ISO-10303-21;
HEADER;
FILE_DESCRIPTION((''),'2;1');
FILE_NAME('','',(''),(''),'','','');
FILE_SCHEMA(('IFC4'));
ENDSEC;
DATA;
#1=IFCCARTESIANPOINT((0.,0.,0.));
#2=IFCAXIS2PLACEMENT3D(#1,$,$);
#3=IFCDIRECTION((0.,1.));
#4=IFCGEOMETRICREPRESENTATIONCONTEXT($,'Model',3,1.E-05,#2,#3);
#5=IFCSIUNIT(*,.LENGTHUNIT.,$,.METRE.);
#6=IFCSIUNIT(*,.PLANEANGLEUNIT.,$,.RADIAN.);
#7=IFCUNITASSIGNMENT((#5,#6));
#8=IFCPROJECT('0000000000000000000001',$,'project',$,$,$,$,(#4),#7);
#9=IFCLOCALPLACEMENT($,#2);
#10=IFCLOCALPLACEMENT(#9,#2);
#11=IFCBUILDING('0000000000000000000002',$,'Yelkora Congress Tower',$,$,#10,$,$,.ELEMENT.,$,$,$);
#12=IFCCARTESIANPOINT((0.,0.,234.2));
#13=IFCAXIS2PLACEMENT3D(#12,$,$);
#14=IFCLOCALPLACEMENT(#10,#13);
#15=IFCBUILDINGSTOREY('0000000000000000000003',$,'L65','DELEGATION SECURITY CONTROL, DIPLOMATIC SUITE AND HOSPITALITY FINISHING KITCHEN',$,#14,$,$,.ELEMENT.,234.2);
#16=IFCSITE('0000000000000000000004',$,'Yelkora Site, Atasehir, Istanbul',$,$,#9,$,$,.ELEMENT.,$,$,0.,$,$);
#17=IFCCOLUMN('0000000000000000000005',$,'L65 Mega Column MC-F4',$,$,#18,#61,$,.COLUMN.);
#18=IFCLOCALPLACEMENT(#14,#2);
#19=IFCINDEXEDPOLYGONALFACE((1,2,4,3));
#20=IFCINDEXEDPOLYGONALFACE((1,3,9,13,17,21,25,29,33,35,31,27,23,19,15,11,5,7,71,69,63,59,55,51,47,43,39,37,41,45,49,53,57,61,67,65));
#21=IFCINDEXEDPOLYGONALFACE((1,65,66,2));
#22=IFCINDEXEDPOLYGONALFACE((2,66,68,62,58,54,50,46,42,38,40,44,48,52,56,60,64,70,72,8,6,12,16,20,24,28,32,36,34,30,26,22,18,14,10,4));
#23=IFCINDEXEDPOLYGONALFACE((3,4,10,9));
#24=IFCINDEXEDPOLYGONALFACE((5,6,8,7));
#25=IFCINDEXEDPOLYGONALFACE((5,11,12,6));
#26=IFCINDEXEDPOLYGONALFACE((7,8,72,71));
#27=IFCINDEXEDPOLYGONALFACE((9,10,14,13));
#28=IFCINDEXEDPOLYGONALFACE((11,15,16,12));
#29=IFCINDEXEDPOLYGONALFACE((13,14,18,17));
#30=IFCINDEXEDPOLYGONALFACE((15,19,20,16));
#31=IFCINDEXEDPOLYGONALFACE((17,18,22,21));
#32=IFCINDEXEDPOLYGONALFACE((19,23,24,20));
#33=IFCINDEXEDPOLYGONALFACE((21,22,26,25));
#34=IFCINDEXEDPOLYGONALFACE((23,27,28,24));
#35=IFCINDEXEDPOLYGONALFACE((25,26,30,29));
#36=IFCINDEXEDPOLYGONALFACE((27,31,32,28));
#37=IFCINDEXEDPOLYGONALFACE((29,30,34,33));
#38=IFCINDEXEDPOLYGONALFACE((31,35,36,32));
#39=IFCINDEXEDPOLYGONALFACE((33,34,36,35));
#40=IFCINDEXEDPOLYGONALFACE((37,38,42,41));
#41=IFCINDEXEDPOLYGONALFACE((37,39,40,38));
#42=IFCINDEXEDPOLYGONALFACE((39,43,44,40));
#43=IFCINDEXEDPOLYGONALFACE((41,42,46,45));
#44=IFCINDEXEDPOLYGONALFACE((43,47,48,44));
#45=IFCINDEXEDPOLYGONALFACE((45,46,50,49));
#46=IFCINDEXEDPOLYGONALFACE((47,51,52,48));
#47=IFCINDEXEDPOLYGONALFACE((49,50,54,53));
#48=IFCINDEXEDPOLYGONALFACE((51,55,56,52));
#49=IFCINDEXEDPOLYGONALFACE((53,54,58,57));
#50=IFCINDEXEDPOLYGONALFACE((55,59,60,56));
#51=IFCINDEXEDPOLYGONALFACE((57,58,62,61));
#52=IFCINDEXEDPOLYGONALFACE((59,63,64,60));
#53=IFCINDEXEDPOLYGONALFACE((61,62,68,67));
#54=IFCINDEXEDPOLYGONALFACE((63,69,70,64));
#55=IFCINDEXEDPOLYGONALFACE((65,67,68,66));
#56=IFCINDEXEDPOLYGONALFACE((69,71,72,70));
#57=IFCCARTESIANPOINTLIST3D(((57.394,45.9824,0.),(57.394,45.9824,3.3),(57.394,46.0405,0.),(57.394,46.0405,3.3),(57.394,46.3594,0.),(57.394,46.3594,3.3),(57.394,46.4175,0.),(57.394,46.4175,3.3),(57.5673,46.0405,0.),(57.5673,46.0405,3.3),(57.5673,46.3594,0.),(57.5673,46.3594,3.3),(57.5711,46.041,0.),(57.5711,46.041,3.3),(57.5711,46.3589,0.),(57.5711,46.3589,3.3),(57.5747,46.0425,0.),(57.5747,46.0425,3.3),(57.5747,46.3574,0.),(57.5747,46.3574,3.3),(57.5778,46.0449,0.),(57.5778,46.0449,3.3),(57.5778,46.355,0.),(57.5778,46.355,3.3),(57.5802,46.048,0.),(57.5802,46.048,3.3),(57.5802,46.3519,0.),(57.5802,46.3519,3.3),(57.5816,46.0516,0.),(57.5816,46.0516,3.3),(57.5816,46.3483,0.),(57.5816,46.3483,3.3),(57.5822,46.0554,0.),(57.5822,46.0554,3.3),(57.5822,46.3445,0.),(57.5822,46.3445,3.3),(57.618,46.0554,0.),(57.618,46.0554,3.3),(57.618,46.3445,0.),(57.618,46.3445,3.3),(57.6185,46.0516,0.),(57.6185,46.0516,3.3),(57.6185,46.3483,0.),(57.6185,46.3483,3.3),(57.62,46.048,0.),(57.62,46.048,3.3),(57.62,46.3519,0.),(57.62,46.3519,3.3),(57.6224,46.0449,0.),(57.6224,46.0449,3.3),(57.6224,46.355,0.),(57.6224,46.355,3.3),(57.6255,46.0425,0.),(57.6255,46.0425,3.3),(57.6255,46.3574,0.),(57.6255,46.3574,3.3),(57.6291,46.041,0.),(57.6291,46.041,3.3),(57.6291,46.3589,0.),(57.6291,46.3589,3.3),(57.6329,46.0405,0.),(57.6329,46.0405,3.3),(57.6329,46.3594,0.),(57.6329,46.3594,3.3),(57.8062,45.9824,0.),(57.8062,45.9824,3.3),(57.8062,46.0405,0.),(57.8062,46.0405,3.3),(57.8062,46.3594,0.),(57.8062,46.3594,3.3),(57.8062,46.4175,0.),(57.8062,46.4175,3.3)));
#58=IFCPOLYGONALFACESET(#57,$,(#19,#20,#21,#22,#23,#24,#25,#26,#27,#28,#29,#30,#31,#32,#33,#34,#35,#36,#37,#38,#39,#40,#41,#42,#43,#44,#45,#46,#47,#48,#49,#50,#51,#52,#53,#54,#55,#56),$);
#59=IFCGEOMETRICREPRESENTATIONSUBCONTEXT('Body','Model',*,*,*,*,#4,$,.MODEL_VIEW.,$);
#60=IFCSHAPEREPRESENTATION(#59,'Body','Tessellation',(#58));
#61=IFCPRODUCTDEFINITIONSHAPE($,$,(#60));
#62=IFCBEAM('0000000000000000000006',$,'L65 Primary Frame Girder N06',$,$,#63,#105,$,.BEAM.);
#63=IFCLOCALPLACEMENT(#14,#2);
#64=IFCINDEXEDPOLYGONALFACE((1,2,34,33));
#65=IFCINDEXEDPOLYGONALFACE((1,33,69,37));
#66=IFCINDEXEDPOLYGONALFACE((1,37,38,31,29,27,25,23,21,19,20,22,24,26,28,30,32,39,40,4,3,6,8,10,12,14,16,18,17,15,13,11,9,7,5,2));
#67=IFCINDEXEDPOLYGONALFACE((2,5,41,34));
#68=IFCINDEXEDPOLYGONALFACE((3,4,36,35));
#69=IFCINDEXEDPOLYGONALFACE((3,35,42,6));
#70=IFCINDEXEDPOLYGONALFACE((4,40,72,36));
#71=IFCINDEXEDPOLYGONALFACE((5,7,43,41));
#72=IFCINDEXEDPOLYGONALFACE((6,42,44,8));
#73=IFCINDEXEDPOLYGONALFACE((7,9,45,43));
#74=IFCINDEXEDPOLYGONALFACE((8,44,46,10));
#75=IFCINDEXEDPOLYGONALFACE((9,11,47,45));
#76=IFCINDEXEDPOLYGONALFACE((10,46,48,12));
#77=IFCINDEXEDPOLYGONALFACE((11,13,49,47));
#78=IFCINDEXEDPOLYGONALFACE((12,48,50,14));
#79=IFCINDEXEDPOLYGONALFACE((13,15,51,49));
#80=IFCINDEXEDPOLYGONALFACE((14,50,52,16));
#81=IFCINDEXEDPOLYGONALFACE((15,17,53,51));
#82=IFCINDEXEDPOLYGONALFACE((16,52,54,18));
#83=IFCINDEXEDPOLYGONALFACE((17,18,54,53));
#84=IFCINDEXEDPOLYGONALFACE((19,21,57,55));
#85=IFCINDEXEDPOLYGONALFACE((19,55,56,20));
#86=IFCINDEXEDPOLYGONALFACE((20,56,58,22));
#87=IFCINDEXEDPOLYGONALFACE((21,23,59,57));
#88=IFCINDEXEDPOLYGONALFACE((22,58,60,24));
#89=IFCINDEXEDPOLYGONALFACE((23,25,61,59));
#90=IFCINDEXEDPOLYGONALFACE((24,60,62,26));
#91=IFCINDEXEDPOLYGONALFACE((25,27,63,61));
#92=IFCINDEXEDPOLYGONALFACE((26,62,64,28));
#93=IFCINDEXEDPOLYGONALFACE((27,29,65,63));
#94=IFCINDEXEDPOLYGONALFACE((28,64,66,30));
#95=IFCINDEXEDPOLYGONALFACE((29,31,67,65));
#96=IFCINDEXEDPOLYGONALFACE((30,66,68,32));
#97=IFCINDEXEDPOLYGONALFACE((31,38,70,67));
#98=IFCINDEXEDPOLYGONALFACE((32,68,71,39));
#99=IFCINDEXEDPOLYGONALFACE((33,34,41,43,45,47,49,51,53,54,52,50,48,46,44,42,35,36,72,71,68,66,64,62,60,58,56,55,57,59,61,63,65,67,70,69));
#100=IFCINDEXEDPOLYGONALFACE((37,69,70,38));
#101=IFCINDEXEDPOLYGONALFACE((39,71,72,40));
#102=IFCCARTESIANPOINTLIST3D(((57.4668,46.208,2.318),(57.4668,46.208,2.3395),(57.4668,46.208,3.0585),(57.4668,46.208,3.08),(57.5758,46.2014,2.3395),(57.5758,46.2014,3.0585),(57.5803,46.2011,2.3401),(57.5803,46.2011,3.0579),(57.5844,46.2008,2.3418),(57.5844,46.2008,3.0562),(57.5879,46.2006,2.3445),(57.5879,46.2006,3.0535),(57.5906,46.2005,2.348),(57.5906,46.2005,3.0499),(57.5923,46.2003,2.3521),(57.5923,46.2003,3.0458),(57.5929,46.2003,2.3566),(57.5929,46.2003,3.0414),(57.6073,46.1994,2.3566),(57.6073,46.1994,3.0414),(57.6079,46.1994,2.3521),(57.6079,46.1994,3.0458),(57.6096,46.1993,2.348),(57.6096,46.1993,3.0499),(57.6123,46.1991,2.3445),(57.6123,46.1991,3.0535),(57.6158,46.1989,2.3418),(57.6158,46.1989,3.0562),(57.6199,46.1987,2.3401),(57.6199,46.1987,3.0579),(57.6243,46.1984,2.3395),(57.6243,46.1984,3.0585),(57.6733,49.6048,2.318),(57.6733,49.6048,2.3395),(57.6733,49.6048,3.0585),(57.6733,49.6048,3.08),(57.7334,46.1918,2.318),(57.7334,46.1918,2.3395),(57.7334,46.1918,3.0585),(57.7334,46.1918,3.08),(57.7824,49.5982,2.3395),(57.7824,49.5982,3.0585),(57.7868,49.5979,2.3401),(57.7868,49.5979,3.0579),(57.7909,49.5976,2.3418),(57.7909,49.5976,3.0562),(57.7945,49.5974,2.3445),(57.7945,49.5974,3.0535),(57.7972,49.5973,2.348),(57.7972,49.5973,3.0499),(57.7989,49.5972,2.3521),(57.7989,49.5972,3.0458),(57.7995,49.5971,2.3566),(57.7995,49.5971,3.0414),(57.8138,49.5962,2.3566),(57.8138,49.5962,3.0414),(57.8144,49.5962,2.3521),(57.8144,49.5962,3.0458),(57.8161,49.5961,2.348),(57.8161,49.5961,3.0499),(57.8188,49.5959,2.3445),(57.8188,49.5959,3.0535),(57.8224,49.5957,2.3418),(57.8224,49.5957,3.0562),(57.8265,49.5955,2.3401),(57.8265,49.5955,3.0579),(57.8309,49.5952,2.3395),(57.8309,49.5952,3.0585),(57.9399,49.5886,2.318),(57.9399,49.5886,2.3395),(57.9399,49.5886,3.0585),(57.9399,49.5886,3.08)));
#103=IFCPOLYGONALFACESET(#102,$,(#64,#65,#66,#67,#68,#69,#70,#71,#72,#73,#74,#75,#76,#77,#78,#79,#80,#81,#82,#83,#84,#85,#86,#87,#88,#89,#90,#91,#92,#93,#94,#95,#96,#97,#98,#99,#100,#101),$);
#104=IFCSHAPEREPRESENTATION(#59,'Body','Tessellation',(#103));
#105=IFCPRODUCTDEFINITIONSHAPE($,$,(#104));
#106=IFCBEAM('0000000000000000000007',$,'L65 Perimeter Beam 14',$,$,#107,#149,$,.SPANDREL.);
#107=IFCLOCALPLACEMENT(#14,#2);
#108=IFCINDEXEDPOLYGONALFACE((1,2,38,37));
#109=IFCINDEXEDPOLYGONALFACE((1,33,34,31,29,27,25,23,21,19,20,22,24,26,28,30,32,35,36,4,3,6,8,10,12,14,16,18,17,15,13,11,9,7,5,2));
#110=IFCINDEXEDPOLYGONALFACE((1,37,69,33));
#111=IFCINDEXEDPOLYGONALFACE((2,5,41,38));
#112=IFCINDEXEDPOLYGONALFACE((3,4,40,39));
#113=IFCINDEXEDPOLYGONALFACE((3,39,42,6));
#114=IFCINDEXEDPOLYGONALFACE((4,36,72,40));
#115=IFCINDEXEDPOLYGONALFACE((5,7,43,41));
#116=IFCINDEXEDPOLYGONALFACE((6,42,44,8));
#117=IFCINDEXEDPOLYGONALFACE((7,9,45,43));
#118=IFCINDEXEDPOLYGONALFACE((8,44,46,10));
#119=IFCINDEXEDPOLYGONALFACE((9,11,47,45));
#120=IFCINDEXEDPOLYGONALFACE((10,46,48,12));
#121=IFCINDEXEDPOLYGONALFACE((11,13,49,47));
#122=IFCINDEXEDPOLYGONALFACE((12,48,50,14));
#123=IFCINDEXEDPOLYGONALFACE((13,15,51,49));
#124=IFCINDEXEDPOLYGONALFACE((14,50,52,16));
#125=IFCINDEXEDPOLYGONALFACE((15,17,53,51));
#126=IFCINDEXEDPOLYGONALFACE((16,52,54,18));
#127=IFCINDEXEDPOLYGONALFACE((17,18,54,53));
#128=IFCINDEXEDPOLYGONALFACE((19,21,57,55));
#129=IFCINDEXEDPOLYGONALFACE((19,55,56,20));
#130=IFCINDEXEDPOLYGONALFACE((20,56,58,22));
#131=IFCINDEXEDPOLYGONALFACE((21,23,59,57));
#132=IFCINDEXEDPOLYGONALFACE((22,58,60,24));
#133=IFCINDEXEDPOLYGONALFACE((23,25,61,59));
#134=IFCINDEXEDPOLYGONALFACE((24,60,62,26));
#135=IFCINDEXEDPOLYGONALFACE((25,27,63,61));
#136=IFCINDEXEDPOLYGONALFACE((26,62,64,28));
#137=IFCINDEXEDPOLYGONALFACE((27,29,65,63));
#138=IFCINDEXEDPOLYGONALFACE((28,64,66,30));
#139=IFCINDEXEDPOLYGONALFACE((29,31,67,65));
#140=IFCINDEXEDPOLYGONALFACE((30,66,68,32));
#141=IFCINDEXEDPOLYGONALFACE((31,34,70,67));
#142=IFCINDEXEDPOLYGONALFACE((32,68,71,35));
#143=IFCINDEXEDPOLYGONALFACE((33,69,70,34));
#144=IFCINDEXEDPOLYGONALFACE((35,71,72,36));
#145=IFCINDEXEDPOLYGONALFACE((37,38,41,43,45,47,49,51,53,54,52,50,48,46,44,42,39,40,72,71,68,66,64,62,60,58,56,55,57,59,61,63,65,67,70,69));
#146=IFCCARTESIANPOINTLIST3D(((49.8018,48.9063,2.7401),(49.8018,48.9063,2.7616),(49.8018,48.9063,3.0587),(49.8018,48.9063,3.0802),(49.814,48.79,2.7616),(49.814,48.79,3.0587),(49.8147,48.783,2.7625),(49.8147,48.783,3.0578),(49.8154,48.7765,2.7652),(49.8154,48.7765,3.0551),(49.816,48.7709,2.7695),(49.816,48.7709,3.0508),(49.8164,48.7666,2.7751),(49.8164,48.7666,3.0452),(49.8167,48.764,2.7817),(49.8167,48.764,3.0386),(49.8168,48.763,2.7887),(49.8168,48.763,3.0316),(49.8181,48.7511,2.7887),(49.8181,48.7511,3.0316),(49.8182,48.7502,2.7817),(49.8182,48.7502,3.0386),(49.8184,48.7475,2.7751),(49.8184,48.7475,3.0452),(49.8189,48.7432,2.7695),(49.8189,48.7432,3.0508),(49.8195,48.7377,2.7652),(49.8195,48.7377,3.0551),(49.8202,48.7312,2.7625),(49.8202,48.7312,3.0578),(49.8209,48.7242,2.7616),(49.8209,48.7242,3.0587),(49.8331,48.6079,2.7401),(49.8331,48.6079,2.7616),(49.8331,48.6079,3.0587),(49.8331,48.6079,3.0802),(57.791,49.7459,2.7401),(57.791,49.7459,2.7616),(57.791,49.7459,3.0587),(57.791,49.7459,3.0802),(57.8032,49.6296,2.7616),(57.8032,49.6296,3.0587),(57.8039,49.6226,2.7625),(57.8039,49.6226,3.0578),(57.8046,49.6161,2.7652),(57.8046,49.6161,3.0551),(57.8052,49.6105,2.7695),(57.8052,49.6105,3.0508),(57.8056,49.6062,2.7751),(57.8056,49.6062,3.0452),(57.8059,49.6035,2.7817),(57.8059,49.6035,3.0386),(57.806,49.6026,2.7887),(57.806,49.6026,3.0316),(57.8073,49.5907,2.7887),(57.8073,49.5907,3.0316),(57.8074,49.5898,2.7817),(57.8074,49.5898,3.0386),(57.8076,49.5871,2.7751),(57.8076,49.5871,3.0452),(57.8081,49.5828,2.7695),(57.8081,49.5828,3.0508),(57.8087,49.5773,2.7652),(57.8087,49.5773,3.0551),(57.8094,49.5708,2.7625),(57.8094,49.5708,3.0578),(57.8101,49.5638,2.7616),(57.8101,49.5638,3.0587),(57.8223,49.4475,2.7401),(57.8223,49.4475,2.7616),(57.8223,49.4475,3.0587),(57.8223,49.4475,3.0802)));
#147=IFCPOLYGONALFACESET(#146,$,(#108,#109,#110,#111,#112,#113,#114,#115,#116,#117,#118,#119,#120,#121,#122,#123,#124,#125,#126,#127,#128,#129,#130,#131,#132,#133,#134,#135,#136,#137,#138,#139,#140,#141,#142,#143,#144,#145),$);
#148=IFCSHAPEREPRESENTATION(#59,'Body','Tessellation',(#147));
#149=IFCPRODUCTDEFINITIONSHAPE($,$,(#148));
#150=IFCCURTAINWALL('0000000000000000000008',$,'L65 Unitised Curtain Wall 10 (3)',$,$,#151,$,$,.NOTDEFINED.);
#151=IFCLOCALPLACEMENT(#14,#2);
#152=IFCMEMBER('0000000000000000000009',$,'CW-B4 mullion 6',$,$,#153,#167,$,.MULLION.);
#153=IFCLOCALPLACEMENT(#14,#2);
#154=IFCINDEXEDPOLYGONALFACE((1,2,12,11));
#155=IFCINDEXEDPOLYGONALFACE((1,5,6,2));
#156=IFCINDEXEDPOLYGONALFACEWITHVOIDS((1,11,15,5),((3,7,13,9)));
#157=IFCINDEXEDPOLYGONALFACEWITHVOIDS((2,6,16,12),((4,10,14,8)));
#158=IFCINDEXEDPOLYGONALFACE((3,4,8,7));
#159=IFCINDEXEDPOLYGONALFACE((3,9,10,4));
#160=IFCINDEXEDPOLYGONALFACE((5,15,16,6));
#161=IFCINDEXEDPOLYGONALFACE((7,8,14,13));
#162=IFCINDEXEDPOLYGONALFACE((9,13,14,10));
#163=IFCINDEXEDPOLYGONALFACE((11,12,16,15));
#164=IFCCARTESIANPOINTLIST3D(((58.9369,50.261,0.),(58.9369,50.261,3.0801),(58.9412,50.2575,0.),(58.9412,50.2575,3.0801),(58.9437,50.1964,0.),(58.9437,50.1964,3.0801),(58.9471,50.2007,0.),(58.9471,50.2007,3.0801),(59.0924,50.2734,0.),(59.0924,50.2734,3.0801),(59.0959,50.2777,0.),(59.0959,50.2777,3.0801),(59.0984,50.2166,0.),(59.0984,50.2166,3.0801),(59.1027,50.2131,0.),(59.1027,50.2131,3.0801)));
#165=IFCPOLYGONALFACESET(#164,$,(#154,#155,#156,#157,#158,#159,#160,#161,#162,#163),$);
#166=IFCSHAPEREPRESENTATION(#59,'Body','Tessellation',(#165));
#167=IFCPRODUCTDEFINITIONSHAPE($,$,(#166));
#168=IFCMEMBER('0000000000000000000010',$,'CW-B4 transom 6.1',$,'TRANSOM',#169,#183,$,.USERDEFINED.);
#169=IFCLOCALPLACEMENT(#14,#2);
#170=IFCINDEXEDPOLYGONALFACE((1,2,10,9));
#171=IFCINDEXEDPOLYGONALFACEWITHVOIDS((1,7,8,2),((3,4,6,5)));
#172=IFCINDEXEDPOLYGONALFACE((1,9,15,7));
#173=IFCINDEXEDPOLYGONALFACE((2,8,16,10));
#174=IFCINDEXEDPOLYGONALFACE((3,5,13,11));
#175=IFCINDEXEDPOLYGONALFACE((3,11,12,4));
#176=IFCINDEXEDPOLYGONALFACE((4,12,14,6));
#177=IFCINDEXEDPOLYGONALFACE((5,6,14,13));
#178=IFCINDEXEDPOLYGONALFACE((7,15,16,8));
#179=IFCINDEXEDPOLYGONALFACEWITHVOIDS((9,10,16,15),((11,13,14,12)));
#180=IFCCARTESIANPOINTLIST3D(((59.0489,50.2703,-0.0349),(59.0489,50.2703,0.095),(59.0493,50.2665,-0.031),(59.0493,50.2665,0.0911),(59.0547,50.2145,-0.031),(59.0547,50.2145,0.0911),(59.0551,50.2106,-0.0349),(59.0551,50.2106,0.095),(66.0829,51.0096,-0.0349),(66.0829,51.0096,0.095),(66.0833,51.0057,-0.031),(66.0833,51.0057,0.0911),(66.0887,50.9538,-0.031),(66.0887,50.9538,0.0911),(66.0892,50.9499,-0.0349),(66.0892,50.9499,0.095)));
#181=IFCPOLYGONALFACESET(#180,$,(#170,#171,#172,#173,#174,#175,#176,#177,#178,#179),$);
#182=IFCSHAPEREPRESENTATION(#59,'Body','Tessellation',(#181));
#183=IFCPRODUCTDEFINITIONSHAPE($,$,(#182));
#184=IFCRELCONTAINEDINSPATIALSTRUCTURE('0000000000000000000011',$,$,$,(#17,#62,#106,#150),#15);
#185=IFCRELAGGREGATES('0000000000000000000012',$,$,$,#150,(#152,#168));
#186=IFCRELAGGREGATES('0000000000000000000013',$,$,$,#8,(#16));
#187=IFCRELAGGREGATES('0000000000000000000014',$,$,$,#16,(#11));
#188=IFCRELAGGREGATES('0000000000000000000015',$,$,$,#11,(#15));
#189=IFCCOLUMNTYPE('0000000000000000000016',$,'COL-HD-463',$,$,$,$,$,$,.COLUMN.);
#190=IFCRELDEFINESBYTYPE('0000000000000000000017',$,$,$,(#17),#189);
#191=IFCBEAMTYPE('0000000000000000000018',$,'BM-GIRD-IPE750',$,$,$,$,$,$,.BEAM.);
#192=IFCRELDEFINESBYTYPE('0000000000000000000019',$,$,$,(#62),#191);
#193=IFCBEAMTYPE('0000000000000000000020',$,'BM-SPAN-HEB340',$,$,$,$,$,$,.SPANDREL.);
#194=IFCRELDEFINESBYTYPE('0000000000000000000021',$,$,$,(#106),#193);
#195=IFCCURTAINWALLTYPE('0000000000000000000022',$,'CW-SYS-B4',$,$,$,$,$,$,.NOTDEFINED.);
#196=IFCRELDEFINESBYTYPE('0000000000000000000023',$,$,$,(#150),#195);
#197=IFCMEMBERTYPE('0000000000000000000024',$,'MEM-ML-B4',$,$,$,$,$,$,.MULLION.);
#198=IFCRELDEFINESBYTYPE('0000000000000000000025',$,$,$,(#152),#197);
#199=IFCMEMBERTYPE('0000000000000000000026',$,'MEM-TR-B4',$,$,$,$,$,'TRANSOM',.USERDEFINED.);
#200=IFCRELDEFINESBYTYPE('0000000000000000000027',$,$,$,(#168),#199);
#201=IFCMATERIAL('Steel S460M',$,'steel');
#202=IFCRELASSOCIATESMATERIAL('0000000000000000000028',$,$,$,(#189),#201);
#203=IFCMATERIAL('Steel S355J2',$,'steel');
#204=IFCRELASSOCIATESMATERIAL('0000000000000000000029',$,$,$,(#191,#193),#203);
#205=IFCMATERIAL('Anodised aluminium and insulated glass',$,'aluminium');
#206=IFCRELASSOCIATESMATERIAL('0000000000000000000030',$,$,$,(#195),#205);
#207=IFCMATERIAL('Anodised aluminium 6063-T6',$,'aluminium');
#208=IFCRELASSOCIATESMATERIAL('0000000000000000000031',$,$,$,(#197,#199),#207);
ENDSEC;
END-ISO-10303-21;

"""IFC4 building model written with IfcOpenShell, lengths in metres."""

from ifc_helpers import new_model, si_unit, direction, frame, origin, origin_2d, place, context, subcontext, project, spatial, hollow_rectangle, i_section, extrude, material, material_profile, profile_set, type_object, element, aggregate, save


model = new_model("IFC4")

# Units and contexts
model_context = context("Model", 3, precision=1e-05, world=origin(), true_north=direction((0.0, 1.0)))
body_context = subcontext(model_context, "Body", "Model", "MODEL_VIEW")
ifc_project = project(units=[si_unit("LENGTHUNIT", "METRE"), si_unit("PLANEANGLEUNIT", "RADIAN")], contexts=[model_context])

# Site, building, storey
site_placement = place(None, origin())
site = spatial("IfcSite", under=ifc_project, at=site_placement, Name="Yelkora Site, Atasehir, Istanbul", CompositionType="ELEMENT", RefElevation=0.0)
building_placement = place(site_placement, origin())
building = spatial("IfcBuilding", under=site, at=building_placement, Name="Yelkora Congress Tower", CompositionType="ELEMENT")
storey_placement = place(building_placement, frame((0.0, 0.0, 234.2)))
storey = spatial("IfcBuildingStorey", under=building, at=storey_placement, Name="L65", Description="DELEGATION SECURITY CONTROL, DIPLOMATIC SUITE AND HOSPITALITY FINISHING KITCHEN", CompositionType="ELEMENT", Elevation=234.2)

# Column
ifc_material_1 = material(Name="Steel S355J2", Category="steel")
ifc_material_2 = material(Name="Steel S460M", Category="steel")
ifc_material_profile_1 = material_profile(ifc_material_2, i_section(OverallWidth=0.4121, OverallDepth=0.4351, WebThickness=0.0359, FlangeThickness=0.0581, FilletRadius=0.0149, at=origin_2d()), Name="HD 400x463")
ifc_profile_set_1 = profile_set([ifc_material_profile_1], Name="Steel S460M")
column_type_1 = type_object("IfcColumnType", Name="COL-HD-463", PredefinedType="COLUMN", material=ifc_profile_set_1)
for number, where, z_axis, x_axis, name in (
    (1, (57.6001, 46.2, 0.0), (0.0, 0.0, 1.0), (1.0, 0.0, 0.0), "L65 Mega Column MC-F4"),
):
    element("IfcColumn", number, at=place(storey_placement, frame(where, z_axis=z_axis, x_axis=x_axis)), inside=storey, type_object=column_type_1, Name=name, PredefinedType="COLUMN", context=body_context, shape_type="SweptSolid", body=[
        extrude(i_section(OverallWidth=0.4121, OverallDepth=0.4351, WebThickness=0.0359, FlangeThickness=0.0581, FilletRadius=0.0149, at=origin_2d()), origin(), (0.0, 0.0, 1.0), 3.3),
    ])

# Beams
ifc_material_profile_2 = material_profile(ifc_material_1, i_section(OverallWidth=0.2671, OverallDepth=0.762, WebThickness=0.0144, FlangeThickness=0.0215, FilletRadius=0.0171, at=origin_2d()), Name="IPE 750x173")
ifc_profile_set_2 = profile_set([ifc_material_profile_2], Name="Steel S355J2")
beam_type_1 = type_object("IfcBeamType", Name="BM-GIRD-IPE750", PredefinedType="BEAM", material=ifc_profile_set_2)
beam_1_placement = place(storey_placement, frame((57.8066, 49.5967, 2.699), z_axis=(-0.060694, -0.998156, 0.0), x_axis=(0.998156, -0.060694, 0.0)))
element("IfcBeam", 2, at=beam_1_placement, inside=storey, type_object=beam_type_1, Name="L65 Primary Frame Girder N06", PredefinedType="BEAM", context=body_context, shape_type="SweptSolid", body=[
    extrude(i_section(OverallWidth=0.2671, OverallDepth=0.762, WebThickness=0.0144, FlangeThickness=0.0215, FilletRadius=0.0171, at=origin_2d()), origin(), (0.0, 0.0, 1.0), 3.4031),
])
ifc_material_profile_3 = material_profile(ifc_material_1, i_section(OverallWidth=0.3, OverallDepth=0.3401, WebThickness=0.012, FlangeThickness=0.0215, FilletRadius=0.0271, at=origin_2d()), Name="HEB 340")
ifc_profile_set_3 = profile_set([ifc_material_profile_3], Name="Steel S355J2")
beam_type_2 = type_object("IfcBeamType", Name="BM-SPAN-HEB340", PredefinedType="SPANDREL", material=ifc_profile_set_3)
beam_2_placement = place(storey_placement, frame((57.8066, 49.5967, 2.9102), z_axis=(-0.994523, -0.104516, 0.0), x_axis=(0.104516, -0.994523, 0.0)))
element("IfcBeam", 3, at=beam_2_placement, inside=storey, type_object=beam_type_2, Name="L65 Perimeter Beam 14", PredefinedType="SPANDREL", context=body_context, shape_type="SweptSolid", body=[
    extrude(i_section(OverallWidth=0.3, OverallDepth=0.3401, WebThickness=0.012, FlangeThickness=0.0215, FilletRadius=0.0271, at=origin_2d()), origin(), (0.0, 0.0, 1.0), 8.0332),
])

# Curtain wall, members
ifc_material_3 = material(Name="Anodised aluminium and insulated glass", Category="aluminium")
curtain_wall_type = type_object("IfcCurtainWallType", Name="CW-SYS-B4", PredefinedType="NOTDEFINED", material=ifc_material_3)
curtain_wall_placement = place(storey_placement, origin())
curtain_wall = element("IfcCurtainWall", 4, at=curtain_wall_placement, inside=storey, type_object=curtain_wall_type, Name="L65 Unitised Curtain Wall 10 (3)", PredefinedType="NOTDEFINED")
ifc_material_4 = material(Name="Anodised aluminium 6063-T6", Category="aluminium")
ifc_material_profile_4 = material_profile(ifc_material_4, hollow_rectangle(XDim=0.0649, YDim=0.1599, WallThickness=0.0039, at=origin_2d()), Name="ALU 65x160x4")
ifc_profile_set_4 = profile_set([ifc_material_profile_4], Name="Anodised aluminium 6063-T6")
member_type_1 = type_object("IfcMemberType", Name="MEM-ML-B4", PredefinedType="MULLION", material=ifc_profile_set_4)
member_1_placement = place(storey_placement, frame((59.0198, 50.2371, 0.0), z_axis=(0.0, 0.0, 1.0), x_axis=(-0.104528, 0.994522, 0.0)))
member_1 = element("IfcMember", 5, at=member_1_placement, type_object=member_type_1, Name="CW-B4 mullion 6", PredefinedType="MULLION", context=body_context, shape_type="SweptSolid", body=[
    extrude(hollow_rectangle(XDim=0.0649, YDim=0.1599, WallThickness=0.0039, at=origin_2d()), origin(), (0.0, 0.0, 1.0), 3.0801),
])
ifc_material_profile_5 = material_profile(ifc_material_4, hollow_rectangle(XDim=0.0601, YDim=0.1299, WallThickness=0.0039, at=origin_2d()), Name="ALU 60x130x4")
ifc_profile_set_5 = profile_set([ifc_material_profile_5], Name="Anodised aluminium 6063-T6")
member_type_2 = type_object("IfcMemberType", Name="MEM-TR-B4", ElementType="TRANSOM", PredefinedType="USERDEFINED", material=ifc_profile_set_5)
member_2_placement = place(storey_placement, frame((59.052, 50.2405, 0.03), z_axis=(0.994522, 0.104523, 0.0), x_axis=(-0.104523, 0.994522, 0.0)))
member_2 = element("IfcMember", 6, at=member_2_placement, type_object=member_type_2, Name="CW-B4 transom 6.1", ObjectType="TRANSOM", PredefinedType="USERDEFINED", context=body_context, shape_type="SweptSolid", body=[
    extrude(hollow_rectangle(XDim=0.0601, YDim=0.1299, WallThickness=0.0039, at=origin_2d()), origin(), (0.0, 0.0, 1.0), 7.0728),
])
aggregate(curtain_wall, [member_1, member_2])

save(model, "model.ifc")
